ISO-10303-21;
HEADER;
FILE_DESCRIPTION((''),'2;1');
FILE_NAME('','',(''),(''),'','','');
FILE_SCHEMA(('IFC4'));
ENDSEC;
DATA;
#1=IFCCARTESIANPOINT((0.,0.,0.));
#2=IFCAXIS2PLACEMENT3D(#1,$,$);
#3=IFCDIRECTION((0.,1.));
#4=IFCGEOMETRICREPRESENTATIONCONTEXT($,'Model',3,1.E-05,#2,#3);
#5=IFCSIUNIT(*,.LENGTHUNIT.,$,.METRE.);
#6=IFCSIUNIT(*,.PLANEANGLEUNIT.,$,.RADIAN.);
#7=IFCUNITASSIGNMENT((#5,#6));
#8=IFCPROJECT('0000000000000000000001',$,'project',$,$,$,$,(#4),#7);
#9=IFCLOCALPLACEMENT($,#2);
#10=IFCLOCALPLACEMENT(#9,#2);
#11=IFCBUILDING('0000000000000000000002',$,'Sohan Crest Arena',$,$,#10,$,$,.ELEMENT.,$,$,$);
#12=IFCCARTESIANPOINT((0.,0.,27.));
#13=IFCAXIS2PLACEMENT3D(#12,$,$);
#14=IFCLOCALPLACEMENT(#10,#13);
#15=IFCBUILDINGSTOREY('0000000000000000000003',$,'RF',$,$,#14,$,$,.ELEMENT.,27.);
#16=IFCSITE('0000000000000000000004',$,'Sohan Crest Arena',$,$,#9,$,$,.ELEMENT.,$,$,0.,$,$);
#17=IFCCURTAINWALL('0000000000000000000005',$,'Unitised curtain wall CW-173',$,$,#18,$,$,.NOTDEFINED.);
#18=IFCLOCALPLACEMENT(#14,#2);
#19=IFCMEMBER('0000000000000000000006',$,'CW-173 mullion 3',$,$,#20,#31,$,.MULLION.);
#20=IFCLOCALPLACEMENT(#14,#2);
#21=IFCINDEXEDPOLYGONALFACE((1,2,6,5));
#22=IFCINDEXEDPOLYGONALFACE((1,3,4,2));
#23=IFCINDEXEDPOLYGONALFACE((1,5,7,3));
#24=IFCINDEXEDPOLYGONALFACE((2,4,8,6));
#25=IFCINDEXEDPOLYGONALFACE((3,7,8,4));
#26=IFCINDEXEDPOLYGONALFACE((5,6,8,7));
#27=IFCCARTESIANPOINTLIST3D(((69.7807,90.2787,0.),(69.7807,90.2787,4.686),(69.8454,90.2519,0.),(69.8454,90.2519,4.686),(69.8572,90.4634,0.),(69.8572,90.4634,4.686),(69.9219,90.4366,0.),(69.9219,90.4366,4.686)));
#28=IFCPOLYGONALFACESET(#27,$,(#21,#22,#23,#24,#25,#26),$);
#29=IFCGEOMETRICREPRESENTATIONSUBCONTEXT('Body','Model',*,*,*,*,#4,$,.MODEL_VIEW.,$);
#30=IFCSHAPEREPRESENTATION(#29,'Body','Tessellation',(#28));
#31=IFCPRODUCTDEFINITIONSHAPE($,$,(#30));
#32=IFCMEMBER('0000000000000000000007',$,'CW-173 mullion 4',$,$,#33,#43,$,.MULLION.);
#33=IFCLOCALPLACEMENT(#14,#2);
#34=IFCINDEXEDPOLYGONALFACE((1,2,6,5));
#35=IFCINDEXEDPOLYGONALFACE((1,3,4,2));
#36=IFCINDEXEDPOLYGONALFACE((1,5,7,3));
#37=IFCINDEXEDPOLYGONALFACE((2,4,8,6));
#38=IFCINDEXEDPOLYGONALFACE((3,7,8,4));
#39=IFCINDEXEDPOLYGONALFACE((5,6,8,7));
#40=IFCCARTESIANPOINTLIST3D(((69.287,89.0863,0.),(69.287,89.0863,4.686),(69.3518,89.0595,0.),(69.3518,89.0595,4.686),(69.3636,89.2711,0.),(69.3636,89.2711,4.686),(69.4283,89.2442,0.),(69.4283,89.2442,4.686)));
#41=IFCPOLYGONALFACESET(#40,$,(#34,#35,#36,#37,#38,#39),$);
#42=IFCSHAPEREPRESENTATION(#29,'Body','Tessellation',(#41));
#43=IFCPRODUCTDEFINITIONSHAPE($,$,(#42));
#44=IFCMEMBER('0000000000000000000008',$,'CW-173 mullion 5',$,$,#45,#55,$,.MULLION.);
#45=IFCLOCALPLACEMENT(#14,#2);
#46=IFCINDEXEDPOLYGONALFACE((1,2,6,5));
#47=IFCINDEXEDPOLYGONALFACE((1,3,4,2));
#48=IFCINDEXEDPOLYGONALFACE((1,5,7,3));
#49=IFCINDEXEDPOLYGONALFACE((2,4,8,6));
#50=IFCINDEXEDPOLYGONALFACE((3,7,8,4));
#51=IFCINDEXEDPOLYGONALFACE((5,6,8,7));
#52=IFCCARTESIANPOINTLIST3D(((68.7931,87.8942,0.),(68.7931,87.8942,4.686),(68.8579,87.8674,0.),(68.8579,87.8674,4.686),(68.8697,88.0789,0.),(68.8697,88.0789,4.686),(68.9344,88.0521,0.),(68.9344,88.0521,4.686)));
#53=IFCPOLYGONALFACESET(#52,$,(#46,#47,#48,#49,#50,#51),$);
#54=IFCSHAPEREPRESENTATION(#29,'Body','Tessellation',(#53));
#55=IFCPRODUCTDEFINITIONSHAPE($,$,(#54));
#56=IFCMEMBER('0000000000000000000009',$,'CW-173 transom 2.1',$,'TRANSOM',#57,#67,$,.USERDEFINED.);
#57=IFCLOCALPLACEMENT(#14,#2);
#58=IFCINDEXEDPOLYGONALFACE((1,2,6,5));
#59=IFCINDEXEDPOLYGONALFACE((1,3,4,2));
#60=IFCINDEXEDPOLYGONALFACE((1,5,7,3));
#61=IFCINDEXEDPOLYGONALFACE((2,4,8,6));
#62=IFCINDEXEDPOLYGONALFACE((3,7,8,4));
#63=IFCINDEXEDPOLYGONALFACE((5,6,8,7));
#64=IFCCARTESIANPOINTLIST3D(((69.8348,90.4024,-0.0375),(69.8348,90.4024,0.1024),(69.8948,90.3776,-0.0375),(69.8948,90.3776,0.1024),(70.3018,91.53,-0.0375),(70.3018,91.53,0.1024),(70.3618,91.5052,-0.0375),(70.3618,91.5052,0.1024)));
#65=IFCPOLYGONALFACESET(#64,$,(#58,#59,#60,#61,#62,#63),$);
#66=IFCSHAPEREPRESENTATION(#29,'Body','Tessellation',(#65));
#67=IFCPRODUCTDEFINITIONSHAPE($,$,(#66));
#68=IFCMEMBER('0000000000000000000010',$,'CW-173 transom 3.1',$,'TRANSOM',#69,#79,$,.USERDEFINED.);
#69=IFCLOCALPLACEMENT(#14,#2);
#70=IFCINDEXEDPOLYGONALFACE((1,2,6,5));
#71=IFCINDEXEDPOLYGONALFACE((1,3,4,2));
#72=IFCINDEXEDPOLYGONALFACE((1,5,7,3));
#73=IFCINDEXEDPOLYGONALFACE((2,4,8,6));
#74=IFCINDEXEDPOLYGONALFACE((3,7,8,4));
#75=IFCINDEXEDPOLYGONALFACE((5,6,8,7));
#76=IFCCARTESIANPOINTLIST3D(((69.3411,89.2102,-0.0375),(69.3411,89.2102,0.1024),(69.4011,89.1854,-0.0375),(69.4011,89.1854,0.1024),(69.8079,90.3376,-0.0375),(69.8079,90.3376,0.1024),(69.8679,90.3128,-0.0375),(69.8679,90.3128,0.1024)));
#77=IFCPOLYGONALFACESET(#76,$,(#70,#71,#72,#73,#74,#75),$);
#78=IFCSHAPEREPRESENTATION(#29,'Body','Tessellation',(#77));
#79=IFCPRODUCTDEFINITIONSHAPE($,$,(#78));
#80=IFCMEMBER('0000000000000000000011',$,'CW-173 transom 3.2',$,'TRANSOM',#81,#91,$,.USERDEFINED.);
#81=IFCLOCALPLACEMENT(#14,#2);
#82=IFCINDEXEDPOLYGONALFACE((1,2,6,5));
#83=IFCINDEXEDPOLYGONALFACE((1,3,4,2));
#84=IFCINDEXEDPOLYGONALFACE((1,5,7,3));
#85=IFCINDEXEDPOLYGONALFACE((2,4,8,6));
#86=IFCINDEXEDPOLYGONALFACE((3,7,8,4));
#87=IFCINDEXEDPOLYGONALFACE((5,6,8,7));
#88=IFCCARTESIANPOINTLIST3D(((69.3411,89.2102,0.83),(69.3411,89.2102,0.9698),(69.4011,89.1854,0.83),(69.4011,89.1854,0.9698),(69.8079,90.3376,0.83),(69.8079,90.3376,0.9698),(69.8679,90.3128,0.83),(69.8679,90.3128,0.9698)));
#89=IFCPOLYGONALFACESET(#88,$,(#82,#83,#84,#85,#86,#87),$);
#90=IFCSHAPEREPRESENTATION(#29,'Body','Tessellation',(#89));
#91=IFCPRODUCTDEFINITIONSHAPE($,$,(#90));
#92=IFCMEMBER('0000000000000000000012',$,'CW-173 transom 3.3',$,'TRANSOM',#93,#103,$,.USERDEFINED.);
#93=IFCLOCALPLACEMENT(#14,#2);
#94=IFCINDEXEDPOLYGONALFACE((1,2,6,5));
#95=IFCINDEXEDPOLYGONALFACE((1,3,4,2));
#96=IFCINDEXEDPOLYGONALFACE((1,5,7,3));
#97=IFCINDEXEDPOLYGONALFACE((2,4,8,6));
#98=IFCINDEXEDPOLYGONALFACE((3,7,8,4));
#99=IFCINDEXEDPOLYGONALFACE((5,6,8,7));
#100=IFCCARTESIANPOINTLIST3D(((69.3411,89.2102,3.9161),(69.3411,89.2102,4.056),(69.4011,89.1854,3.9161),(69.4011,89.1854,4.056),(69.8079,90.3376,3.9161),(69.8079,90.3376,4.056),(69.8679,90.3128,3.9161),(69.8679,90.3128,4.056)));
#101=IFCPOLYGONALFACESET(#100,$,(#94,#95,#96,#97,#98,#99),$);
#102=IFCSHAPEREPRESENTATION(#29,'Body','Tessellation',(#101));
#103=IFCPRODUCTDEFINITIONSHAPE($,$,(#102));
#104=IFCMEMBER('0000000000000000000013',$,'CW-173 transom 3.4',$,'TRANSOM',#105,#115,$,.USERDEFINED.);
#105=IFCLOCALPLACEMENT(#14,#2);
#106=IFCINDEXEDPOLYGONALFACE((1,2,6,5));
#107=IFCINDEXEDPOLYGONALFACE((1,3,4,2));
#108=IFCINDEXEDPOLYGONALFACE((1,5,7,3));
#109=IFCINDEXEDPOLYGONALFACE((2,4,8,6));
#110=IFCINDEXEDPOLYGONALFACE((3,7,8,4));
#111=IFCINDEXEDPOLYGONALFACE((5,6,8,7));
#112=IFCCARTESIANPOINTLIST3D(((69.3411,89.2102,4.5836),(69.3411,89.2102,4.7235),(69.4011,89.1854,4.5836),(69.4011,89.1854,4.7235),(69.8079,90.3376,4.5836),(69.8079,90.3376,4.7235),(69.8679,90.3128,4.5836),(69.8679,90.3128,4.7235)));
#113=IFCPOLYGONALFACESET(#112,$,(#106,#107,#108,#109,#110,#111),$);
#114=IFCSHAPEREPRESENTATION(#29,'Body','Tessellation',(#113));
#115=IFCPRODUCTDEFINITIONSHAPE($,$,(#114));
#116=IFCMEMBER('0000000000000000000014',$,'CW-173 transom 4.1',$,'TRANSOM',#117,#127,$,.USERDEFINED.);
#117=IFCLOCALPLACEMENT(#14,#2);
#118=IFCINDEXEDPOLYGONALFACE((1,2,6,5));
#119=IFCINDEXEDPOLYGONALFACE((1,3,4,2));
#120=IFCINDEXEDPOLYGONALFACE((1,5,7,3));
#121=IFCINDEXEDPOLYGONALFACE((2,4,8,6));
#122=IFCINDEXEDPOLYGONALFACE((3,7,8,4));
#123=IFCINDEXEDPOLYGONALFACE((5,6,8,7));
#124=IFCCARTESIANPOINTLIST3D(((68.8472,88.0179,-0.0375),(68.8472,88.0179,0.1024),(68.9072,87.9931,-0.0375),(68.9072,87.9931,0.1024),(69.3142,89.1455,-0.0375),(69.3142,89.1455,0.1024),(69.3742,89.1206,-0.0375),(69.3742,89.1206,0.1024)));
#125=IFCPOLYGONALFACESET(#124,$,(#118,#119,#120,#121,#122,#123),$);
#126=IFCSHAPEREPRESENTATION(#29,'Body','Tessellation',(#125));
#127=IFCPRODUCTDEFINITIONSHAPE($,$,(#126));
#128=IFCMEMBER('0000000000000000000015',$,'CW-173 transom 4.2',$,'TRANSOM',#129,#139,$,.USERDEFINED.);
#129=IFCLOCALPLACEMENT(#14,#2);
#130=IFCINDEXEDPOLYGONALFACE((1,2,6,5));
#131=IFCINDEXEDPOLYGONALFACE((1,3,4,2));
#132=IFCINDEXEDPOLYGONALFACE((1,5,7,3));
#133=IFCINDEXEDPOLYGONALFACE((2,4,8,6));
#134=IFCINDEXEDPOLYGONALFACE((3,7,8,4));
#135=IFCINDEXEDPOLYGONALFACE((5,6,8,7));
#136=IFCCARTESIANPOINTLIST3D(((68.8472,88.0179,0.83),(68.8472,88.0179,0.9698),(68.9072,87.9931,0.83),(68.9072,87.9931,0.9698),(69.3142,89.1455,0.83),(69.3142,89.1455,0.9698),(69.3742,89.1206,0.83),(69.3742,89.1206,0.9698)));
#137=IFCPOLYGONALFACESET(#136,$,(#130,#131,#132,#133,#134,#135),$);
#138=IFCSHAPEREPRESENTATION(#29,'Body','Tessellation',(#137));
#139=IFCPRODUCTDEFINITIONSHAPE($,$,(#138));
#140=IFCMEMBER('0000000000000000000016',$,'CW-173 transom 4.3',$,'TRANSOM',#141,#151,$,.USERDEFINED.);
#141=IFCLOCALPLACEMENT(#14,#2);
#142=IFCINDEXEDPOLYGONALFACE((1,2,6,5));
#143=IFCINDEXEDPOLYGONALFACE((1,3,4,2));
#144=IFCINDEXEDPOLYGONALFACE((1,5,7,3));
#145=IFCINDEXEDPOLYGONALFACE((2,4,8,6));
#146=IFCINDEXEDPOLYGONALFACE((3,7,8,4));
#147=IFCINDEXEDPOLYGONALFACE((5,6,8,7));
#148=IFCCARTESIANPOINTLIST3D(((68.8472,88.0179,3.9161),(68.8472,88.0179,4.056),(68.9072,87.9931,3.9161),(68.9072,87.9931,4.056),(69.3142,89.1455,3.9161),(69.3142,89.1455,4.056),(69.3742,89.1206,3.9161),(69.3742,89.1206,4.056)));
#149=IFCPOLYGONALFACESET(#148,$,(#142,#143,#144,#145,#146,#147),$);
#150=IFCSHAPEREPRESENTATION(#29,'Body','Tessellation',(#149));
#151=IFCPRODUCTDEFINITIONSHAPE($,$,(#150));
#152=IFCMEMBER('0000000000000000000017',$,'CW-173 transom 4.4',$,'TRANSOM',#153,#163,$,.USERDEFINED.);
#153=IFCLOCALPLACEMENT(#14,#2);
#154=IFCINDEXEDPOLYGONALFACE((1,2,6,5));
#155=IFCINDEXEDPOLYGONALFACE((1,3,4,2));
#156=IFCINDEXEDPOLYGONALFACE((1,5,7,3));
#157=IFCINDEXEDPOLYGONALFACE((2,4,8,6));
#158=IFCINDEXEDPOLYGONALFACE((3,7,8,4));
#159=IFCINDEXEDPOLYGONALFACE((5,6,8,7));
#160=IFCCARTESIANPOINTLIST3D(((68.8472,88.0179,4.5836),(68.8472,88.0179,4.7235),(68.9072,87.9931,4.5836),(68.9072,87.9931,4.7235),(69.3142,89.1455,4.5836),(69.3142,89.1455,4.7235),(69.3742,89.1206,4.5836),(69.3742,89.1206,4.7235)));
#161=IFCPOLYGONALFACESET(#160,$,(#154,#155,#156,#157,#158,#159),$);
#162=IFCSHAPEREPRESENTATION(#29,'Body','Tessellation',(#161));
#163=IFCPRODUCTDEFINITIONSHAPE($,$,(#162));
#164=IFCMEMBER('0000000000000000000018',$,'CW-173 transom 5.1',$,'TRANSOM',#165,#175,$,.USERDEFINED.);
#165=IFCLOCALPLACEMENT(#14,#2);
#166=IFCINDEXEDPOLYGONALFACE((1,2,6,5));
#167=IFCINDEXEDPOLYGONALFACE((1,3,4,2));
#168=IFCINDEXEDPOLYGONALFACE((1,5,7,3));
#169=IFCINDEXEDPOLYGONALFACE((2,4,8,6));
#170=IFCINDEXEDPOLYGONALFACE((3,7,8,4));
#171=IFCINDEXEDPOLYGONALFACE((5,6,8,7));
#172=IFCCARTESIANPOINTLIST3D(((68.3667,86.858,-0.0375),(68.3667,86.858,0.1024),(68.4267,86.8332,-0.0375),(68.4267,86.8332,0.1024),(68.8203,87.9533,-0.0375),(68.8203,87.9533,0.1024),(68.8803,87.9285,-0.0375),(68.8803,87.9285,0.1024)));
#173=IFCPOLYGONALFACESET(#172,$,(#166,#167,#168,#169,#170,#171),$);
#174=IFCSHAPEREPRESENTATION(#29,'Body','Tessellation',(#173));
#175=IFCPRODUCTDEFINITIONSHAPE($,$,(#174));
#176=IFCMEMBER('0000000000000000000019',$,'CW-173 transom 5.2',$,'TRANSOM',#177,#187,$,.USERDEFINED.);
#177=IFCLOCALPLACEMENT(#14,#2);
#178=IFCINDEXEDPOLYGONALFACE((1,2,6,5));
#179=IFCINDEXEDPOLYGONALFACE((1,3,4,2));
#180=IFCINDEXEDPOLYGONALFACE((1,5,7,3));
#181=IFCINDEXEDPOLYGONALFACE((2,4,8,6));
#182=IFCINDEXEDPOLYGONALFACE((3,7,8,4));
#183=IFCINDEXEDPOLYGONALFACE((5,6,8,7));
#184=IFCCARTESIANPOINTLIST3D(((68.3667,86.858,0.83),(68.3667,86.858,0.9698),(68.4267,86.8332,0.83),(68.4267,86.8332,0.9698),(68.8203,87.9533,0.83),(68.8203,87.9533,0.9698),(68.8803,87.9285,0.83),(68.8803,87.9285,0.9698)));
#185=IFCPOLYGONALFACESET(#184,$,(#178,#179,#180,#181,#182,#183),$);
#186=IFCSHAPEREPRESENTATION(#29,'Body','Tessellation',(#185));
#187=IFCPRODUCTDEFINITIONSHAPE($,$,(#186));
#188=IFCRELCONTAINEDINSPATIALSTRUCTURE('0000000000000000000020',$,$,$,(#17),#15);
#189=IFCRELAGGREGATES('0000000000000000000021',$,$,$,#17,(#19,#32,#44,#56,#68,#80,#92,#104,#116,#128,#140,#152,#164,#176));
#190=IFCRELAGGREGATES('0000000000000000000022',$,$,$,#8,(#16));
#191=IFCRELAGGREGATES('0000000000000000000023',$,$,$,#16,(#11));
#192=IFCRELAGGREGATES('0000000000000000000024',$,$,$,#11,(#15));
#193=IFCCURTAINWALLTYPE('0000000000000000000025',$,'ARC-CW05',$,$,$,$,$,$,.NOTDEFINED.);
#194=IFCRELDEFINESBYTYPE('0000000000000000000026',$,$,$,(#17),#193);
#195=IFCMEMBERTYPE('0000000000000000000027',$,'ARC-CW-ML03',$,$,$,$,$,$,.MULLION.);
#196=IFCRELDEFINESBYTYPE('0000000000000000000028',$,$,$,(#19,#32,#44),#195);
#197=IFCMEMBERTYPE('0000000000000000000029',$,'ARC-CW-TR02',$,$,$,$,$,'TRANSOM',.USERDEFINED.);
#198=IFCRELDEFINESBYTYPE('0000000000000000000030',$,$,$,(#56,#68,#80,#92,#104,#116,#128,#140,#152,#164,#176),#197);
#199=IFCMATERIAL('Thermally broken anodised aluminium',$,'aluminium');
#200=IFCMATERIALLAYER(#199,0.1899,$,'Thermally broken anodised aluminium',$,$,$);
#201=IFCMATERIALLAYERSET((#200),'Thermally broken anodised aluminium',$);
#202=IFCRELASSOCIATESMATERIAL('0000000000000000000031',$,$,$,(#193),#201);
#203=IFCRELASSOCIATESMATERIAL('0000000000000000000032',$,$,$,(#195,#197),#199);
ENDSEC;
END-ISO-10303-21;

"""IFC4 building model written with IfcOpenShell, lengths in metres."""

from ifc_helpers import new_model, si_unit, direction, frame, origin, origin_2d, place, context, subcontext, project, spatial, rectangle, extrude, material, layer, layer_set, material_profile, profile_set, type_object, element, aggregate, save


model = new_model("IFC4")

# Units and contexts
model_context = context("Model", 3, precision=1e-05, world=origin(), true_north=direction((0.0, 1.0)))
body_context = subcontext(model_context, "Body", "Model", "MODEL_VIEW")
ifc_project = project(units=[si_unit("LENGTHUNIT", "METRE"), si_unit("PLANEANGLEUNIT", "RADIAN")], contexts=[model_context])

# Site, building, storey
site_placement = place(None, origin())
site = spatial("IfcSite", under=ifc_project, at=site_placement, Name="Sohan Crest Arena", CompositionType="ELEMENT", RefElevation=0.0)
building_placement = place(site_placement, origin())
building = spatial("IfcBuilding", under=site, at=building_placement, Name="Sohan Crest Arena", CompositionType="ELEMENT")
storey_placement = place(building_placement, frame((0.0, 0.0, 27.0)))
storey = spatial("IfcBuildingStorey", under=building, at=storey_placement, Name="RF", CompositionType="ELEMENT", Elevation=27.0)

# Curtain wall, members
ifc_material_1 = material(Name="Thermally broken anodised aluminium", Category="aluminium")
ifc_layer_1 = layer(ifc_material_1, 0.1899, Name="Thermally broken anodised aluminium")
ifc_layer_set_1 = layer_set([ifc_layer_1], Name="Thermally broken anodised aluminium")
curtain_wall_type = type_object("IfcCurtainWallType", Name="ARC-CW05", PredefinedType="NOTDEFINED", material=ifc_layer_set_1)
curtain_wall_placement = place(storey_placement, origin())
curtain_wall = element("IfcCurtainWall", 1, at=curtain_wall_placement, inside=storey, type_object=curtain_wall_type, Name="Unitised curtain wall CW-173", PredefinedType="NOTDEFINED")
ifc_material_profile_1 = material_profile(ifc_material_1, rectangle(XDim=0.0701, YDim=0.2, at=origin_2d()), Name="ALU-MULL 70x200")
ifc_profile_set_1 = profile_set([ifc_material_profile_1], Name="Thermally broken anodised aluminium")
member_type_1 = type_object("IfcMemberType", Name="ARC-CW-ML03", PredefinedType="MULLION", material=ifc_profile_set_1)
member_1_placement = place(storey_placement, frame((69.8513, 90.3577, 0.0), z_axis=(0.0, 0.0, 1.0), x_axis=(0.923886, -0.382667, 0.0)))
member_1 = element("IfcMember", 2, at=member_1_placement, type_object=member_type_1, Name="CW-173 mullion 3", PredefinedType="MULLION", context=body_context, shape_type="SweptSolid", body=[
    extrude(rectangle(XDim=0.0701, YDim=0.2, at=origin_2d()), origin(), (0.0, 0.0, 1.0), 4.686),
])
member_2_placement = place(storey_placement, frame((69.3577, 89.1653, 0.0), z_axis=(0.0, 0.0, 1.0), x_axis=(0.923886, -0.382667, 0.0)))
member_2 = element("IfcMember", 3, at=member_2_placement, type_object=member_type_1, Name="CW-173 mullion 4", PredefinedType="MULLION", context=body_context, shape_type="SweptSolid", body=[
    extrude(rectangle(XDim=0.0701, YDim=0.2, at=origin_2d()), origin(), (0.0, 0.0, 1.0), 4.686),
])
member_3_placement = place(storey_placement, frame((68.8638, 87.9731, 0.0), z_axis=(0.0, 0.0, 1.0), x_axis=(0.923886, -0.382667, 0.0)))
member_3 = element("IfcMember", 4, at=member_3_placement, type_object=member_type_1, Name="CW-173 mullion 5", PredefinedType="MULLION", context=body_context, shape_type="SweptSolid", body=[
    extrude(rectangle(XDim=0.0701, YDim=0.2, at=origin_2d()), origin(), (0.0, 0.0, 1.0), 4.686),
])
ifc_material_profile_2 = material_profile(ifc_material_1, rectangle(XDim=0.0649, YDim=0.1399, at=origin_2d()), Name="ALU-TRAN 65x140")
ifc_profile_set_2 = profile_set([ifc_material_profile_2], Name="Thermally broken anodised aluminium")
member_type_2 = type_object("IfcMemberType", Name="ARC-CW-TR02", ElementType="TRANSOM", PredefinedType="USERDEFINED", material=ifc_profile_set_2)
member_4_placement = place(storey_placement, frame((70.3318, 91.5176, 0.0325), z_axis=(-0.38264, -0.923897, 0.0), x_axis=(0.923897, -0.38264, 0.0)))
member_4 = element("IfcMember", 5, at=member_4_placement, type_object=member_type_2, Name="CW-173 transom 2.1", ObjectType="TRANSOM", PredefinedType="USERDEFINED", context=body_context, shape_type="SweptSolid", body=[
    extrude(rectangle(XDim=0.0649, YDim=0.1399, at=origin_2d()), origin(), (0.0, 0.0, 1.0), 1.2205),
])
member_5_placement = place(storey_placement, frame((69.8379, 90.3252, 0.0325), z_axis=(-0.38254, -0.923939, 0.0), x_axis=(0.923939, -0.38254, 0.0)))
member_5 = element("IfcMember", 6, at=member_5_placement, type_object=member_type_2, Name="CW-173 transom 3.1", ObjectType="TRANSOM", PredefinedType="USERDEFINED", context=body_context, shape_type="SweptSolid", body=[
    extrude(rectangle(XDim=0.0649, YDim=0.1399, at=origin_2d()), origin(), (0.0, 0.0, 1.0), 1.2202),
])
member_6_placement = place(storey_placement, frame((69.8379, 90.3252, 0.8999), z_axis=(-0.38254, -0.923939, 0.0), x_axis=(0.923939, -0.38254, 0.0)))
member_6 = element("IfcMember", 7, at=member_6_placement, type_object=member_type_2, Name="CW-173 transom 3.2", ObjectType="TRANSOM", PredefinedType="USERDEFINED", context=body_context, shape_type="SweptSolid", body=[
    extrude(rectangle(XDim=0.0649, YDim=0.1399, at=origin_2d()), origin(), (0.0, 0.0, 1.0), 1.2202),
])
member_7_placement = place(storey_placement, frame((69.8379, 90.3252, 3.9861), z_axis=(-0.38254, -0.923939, 0.0), x_axis=(0.923939, -0.38254, 0.0)))
member_7 = element("IfcMember", 8, at=member_7_placement, type_object=member_type_2, Name="CW-173 transom 3.3", ObjectType="TRANSOM", PredefinedType="USERDEFINED", context=body_context, shape_type="SweptSolid", body=[
    extrude(rectangle(XDim=0.0649, YDim=0.1399, at=origin_2d()), origin(), (0.0, 0.0, 1.0), 1.2202),
])
member_8_placement = place(storey_placement, frame((69.8379, 90.3252, 4.6536), z_axis=(-0.38254, -0.923939, 0.0), x_axis=(0.923939, -0.38254, 0.0)))
member_8 = element("IfcMember", 9, at=member_8_placement, type_object=member_type_2, Name="CW-173 transom 3.4", ObjectType="TRANSOM", PredefinedType="USERDEFINED", context=body_context, shape_type="SweptSolid", body=[
    extrude(rectangle(XDim=0.0649, YDim=0.1399, at=origin_2d()), origin(), (0.0, 0.0, 1.0), 1.2202),
])
member_9_placement = place(storey_placement, frame((69.3442, 89.1331, 0.0325), z_axis=(-0.382711, -0.923868, 0.0), x_axis=(0.923868, -0.382711, 0.0)))
member_9 = element("IfcMember", 10, at=member_9_placement, type_object=member_type_2, Name="CW-173 transom 4.1", ObjectType="TRANSOM", PredefinedType="USERDEFINED", context=body_context, shape_type="SweptSolid", body=[
    extrude(rectangle(XDim=0.0649, YDim=0.1399, at=origin_2d()), origin(), (0.0, 0.0, 1.0), 1.2205),
])
member_10_placement = place(storey_placement, frame((69.3442, 89.1331, 0.8999), z_axis=(-0.382711, -0.923868, 0.0), x_axis=(0.923868, -0.382711, 0.0)))
member_10 = element("IfcMember", 11, at=member_10_placement, type_object=member_type_2, Name="CW-173 transom 4.2", ObjectType="TRANSOM", PredefinedType="USERDEFINED", context=body_context, shape_type="SweptSolid", body=[
    extrude(rectangle(XDim=0.0649, YDim=0.1399, at=origin_2d()), origin(), (0.0, 0.0, 1.0), 1.2205),
])
member_11_placement = place(storey_placement, frame((69.3442, 89.1331, 3.9861), z_axis=(-0.382711, -0.923868, 0.0), x_axis=(0.923868, -0.382711, 0.0)))
member_11 = element("IfcMember", 12, at=member_11_placement, type_object=member_type_2, Name="CW-173 transom 4.3", ObjectType="TRANSOM", PredefinedType="USERDEFINED", context=body_context, shape_type="SweptSolid", body=[
    extrude(rectangle(XDim=0.0649, YDim=0.1399, at=origin_2d()), origin(), (0.0, 0.0, 1.0), 1.2205),
])
member_12_placement = place(storey_placement, frame((69.3442, 89.1331, 4.6536), z_axis=(-0.382711, -0.923868, 0.0), x_axis=(0.923868, -0.382711, 0.0)))
member_12 = element("IfcMember", 13, at=member_12_placement, type_object=member_type_2, Name="CW-173 transom 4.4", ObjectType="TRANSOM", PredefinedType="USERDEFINED", context=body_context, shape_type="SweptSolid", body=[
    extrude(rectangle(XDim=0.0649, YDim=0.1399, at=origin_2d()), origin(), (0.0, 0.0, 1.0), 1.2205),
])
member_13_placement = place(storey_placement, frame((68.8503, 87.9409, 0.0325), z_axis=(-0.382655, -0.923891, 0.0), x_axis=(0.923891, -0.382655, 0.0)))
member_13 = element("IfcMember", 14, at=member_13_placement, type_object=member_type_2, Name="CW-173 transom 5.1", ObjectType="TRANSOM", PredefinedType="USERDEFINED", context=body_context, shape_type="SweptSolid", body=[
    extrude(rectangle(XDim=0.0649, YDim=0.1399, at=origin_2d()), origin(), (0.0, 0.0, 1.0), 1.1855),
])
member_14_placement = place(storey_placement, frame((68.8503, 87.9409, 0.8999), z_axis=(-0.382655, -0.923891, 0.0), x_axis=(0.923891, -0.382655, 0.0)))
member_14 = element("IfcMember", 15, at=member_14_placement, type_object=member_type_2, Name="CW-173 transom 5.2", ObjectType="TRANSOM", PredefinedType="USERDEFINED", context=body_context, shape_type="SweptSolid", body=[
    extrude(rectangle(XDim=0.0649, YDim=0.1399, at=origin_2d()), origin(), (0.0, 0.0, 1.0), 1.1855),
])
aggregate(curtain_wall, [member_1, member_2, member_3, member_4, member_5, member_6, member_7, member_8, member_9, member_10, member_11, member_12, member_13, member_14])

save(model, "model.ifc")
